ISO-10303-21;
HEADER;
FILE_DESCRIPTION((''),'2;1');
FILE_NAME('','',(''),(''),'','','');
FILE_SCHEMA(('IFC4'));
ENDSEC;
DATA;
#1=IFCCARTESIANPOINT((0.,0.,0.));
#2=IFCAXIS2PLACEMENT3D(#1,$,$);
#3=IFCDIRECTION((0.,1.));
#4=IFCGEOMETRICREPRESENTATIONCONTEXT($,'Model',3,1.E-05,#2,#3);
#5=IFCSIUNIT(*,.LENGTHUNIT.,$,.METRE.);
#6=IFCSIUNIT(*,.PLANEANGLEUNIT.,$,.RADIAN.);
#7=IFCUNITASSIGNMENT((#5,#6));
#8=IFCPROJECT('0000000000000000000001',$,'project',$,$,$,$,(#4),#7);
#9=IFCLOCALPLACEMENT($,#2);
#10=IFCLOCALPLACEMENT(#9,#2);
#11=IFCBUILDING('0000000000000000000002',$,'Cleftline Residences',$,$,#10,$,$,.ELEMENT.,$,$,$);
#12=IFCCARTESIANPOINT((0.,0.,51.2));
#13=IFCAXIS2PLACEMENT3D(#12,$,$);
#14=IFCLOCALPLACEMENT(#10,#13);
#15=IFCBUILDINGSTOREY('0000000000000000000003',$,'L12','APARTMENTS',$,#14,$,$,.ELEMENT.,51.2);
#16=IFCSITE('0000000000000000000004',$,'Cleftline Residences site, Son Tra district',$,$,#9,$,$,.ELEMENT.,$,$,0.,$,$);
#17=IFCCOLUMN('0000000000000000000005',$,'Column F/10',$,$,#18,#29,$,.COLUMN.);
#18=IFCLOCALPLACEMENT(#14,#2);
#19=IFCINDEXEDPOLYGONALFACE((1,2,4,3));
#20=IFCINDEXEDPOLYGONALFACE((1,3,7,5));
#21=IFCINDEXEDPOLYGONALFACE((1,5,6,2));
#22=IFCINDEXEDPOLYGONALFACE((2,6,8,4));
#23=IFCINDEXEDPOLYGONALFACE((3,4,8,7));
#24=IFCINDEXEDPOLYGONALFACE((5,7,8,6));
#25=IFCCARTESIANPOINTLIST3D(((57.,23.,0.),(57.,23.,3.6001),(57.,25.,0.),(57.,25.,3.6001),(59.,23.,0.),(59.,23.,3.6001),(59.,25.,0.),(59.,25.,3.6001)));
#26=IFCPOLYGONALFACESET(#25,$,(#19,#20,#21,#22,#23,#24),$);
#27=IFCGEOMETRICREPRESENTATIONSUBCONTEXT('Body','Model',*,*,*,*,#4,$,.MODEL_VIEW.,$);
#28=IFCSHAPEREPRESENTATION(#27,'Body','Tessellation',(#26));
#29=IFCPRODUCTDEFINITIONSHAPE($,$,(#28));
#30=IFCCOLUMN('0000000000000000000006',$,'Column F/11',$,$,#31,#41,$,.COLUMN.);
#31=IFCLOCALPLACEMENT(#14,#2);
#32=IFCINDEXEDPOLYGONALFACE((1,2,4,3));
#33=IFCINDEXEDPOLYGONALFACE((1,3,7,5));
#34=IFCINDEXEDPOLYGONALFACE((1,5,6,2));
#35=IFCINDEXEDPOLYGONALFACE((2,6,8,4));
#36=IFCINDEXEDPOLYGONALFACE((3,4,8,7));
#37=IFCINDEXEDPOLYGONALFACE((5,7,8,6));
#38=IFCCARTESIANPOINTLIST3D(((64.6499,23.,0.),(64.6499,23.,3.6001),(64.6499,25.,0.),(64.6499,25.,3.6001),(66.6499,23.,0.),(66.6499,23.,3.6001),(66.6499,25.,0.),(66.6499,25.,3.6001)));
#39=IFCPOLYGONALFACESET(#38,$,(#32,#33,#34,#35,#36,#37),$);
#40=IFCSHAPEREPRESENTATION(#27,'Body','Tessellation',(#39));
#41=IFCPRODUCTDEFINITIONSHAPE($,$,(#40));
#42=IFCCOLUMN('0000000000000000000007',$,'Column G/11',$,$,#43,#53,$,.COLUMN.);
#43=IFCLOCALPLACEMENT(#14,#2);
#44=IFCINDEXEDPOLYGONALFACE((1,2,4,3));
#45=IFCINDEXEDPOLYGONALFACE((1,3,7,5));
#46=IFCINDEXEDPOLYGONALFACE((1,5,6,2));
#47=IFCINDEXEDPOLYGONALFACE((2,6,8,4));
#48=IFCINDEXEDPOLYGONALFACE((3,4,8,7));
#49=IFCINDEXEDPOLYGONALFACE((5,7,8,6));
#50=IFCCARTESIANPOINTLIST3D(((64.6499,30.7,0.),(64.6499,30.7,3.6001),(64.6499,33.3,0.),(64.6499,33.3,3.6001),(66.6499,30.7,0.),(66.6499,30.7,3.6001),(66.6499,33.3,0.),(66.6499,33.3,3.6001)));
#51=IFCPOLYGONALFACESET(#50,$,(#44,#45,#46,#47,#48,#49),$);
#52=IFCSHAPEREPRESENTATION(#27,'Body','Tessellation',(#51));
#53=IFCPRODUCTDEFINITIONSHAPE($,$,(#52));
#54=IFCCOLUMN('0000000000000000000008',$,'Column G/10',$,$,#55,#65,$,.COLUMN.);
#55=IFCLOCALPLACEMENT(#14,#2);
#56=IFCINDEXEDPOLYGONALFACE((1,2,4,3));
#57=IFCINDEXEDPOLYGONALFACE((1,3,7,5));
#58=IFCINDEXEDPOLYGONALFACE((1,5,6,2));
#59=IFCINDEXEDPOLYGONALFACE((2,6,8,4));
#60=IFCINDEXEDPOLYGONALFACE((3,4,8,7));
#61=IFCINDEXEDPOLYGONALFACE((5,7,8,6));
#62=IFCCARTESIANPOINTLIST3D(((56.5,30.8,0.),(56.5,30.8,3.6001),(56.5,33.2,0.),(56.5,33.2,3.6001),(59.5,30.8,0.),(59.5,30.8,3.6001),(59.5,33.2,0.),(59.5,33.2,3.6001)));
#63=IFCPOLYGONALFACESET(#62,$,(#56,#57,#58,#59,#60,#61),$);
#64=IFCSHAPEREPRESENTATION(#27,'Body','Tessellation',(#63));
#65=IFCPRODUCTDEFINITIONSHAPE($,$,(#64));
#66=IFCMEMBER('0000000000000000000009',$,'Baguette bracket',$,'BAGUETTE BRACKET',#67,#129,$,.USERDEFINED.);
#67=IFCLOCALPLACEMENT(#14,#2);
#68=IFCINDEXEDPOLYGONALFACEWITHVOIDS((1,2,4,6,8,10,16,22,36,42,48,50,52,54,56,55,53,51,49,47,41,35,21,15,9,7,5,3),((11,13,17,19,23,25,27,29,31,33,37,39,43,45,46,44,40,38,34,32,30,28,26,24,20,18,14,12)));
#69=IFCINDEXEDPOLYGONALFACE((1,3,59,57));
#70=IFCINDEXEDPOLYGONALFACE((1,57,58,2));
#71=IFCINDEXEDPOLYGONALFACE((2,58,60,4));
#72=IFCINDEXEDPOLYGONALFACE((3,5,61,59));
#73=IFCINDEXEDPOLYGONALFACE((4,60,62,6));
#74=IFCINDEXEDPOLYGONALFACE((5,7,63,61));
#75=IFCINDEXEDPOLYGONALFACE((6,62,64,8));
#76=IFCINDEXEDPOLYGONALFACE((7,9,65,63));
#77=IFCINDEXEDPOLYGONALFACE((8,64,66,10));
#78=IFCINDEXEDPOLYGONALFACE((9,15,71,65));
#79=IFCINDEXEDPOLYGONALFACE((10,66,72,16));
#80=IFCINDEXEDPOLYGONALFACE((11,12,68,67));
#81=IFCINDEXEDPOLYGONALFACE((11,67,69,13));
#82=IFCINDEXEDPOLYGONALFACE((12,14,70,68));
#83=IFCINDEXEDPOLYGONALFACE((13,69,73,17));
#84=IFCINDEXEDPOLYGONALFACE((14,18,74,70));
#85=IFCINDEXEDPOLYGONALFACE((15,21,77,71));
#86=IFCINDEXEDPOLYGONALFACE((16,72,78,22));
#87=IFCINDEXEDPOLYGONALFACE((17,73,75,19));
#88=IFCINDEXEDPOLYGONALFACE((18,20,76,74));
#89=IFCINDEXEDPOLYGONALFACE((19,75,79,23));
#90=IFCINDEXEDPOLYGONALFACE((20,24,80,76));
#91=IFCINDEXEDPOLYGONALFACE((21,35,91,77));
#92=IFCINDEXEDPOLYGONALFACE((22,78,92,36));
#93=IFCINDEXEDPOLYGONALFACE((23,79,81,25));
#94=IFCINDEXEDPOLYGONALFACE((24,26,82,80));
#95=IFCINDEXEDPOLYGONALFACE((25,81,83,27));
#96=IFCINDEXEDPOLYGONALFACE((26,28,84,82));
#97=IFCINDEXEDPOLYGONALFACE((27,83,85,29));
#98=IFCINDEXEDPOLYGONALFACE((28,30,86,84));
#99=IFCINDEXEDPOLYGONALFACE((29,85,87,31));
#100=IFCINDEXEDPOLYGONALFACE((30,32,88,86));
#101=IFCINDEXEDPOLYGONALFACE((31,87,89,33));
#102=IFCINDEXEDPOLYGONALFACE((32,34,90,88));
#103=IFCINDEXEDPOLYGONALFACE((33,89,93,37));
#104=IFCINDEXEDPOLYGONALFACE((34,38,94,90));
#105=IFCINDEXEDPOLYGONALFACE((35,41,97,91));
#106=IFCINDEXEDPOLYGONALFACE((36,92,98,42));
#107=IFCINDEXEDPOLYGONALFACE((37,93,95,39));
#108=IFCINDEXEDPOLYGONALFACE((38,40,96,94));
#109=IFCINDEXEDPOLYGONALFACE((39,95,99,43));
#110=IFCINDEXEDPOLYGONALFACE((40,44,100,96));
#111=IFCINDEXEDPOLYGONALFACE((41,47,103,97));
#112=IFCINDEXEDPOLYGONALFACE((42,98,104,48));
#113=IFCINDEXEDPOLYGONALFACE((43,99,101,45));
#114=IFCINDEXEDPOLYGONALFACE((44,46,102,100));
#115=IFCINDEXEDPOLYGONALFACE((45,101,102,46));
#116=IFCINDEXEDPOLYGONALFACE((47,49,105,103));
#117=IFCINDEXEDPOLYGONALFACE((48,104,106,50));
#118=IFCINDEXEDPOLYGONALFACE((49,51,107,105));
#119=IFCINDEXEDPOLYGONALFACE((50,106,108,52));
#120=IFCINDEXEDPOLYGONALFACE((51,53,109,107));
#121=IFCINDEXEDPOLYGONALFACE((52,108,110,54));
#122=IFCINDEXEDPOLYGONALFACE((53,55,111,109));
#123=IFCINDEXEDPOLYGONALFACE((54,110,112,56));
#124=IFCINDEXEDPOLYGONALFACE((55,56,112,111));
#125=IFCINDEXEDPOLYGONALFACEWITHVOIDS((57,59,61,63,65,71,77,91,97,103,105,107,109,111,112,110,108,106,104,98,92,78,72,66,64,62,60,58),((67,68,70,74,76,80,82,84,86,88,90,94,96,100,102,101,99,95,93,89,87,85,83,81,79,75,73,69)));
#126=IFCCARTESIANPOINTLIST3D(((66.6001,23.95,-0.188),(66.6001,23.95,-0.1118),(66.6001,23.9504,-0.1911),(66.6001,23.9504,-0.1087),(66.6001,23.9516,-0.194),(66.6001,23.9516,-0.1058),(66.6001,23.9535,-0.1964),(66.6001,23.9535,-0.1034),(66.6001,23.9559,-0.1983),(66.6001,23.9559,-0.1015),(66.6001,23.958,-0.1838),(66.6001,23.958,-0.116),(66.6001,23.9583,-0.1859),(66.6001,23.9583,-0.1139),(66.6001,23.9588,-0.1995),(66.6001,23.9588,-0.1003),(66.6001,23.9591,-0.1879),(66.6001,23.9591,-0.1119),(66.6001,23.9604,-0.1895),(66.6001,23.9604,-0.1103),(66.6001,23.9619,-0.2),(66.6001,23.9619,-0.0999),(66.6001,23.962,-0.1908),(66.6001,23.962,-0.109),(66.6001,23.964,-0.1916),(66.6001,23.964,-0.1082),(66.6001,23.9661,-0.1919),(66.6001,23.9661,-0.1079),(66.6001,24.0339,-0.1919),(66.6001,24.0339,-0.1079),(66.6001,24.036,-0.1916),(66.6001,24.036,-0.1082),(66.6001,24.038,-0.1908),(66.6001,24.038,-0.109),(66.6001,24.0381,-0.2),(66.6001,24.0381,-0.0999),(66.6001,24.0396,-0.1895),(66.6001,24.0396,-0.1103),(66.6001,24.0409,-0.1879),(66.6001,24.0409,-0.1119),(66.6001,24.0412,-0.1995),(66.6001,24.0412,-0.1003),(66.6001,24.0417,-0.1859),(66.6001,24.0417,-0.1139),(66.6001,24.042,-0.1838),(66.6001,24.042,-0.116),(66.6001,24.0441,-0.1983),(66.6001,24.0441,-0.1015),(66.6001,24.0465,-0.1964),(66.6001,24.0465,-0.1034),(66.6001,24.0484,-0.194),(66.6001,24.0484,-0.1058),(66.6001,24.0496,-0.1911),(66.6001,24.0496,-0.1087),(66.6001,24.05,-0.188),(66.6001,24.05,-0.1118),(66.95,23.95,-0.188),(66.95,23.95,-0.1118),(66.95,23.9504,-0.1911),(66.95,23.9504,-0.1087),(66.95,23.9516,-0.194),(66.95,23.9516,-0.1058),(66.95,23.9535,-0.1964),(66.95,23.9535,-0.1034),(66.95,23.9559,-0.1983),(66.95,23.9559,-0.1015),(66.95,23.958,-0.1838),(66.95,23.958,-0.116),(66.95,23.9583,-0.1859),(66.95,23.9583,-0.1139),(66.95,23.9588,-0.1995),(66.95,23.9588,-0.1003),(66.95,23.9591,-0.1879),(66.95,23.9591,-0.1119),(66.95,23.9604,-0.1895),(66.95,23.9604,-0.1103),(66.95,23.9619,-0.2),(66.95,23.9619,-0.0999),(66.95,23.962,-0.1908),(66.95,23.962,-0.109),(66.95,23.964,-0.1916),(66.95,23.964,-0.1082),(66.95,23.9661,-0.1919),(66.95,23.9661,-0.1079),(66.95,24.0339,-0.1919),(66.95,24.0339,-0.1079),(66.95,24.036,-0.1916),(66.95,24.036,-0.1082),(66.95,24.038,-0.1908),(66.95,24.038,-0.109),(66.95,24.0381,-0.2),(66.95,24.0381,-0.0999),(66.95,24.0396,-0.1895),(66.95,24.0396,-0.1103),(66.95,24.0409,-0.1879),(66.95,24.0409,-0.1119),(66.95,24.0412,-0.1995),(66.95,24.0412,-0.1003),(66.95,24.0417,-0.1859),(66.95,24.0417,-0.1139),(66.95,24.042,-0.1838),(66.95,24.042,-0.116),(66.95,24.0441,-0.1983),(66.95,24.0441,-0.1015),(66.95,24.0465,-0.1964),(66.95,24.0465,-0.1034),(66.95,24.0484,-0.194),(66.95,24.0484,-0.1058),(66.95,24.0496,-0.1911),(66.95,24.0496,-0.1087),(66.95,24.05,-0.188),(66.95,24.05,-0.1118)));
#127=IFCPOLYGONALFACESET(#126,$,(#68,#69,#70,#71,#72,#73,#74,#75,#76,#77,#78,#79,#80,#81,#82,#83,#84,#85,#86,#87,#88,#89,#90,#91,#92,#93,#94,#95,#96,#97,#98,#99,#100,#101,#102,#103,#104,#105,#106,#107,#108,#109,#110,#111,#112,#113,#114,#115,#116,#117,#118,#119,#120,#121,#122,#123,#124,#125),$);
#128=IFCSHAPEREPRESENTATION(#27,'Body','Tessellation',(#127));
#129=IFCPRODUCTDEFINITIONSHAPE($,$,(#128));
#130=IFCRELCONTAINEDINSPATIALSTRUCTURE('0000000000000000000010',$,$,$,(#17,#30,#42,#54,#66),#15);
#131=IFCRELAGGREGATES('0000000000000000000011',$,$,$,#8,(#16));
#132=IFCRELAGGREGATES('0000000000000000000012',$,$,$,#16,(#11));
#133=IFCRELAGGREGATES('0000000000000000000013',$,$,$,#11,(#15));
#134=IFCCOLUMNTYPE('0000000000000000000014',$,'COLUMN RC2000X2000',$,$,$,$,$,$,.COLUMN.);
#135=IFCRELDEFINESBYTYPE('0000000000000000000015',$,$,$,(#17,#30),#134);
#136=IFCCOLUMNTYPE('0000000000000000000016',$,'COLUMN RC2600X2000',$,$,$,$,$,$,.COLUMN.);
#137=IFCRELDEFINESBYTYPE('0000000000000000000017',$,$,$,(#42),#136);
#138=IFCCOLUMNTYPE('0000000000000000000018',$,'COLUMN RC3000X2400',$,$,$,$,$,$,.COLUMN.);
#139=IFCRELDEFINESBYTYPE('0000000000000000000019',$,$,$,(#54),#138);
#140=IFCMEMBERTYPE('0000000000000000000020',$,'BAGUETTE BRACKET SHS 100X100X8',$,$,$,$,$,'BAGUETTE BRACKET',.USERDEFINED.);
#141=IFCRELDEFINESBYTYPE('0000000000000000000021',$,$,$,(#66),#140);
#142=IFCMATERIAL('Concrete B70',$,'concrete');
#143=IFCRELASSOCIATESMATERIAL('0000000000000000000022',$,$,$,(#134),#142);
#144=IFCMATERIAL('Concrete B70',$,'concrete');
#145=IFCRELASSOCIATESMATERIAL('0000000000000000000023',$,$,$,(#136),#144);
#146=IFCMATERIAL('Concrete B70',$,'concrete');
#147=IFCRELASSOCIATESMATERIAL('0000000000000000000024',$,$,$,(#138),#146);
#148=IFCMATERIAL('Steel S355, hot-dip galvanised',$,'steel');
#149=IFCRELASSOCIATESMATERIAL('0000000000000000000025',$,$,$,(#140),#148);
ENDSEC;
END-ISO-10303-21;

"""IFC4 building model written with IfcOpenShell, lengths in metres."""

from ifc_helpers import new_model, si_unit, direction, frame, origin, origin_2d, place, context, subcontext, project, spatial, rectangle, hollow_rectangle, extrude, material, material_profile, profile_set, type_object, element, save


model = new_model("IFC4")

# Units and contexts
model_context = context("Model", 3, precision=1e-05, world=origin(), true_north=direction((0.0, 1.0)))
body_context = subcontext(model_context, "Body", "Model", "MODEL_VIEW")
ifc_project = project(units=[si_unit("LENGTHUNIT", "METRE"), si_unit("PLANEANGLEUNIT", "RADIAN")], contexts=[model_context])

# Site, building, storey
site_placement = place(None, origin())
site = spatial("IfcSite", under=ifc_project, at=site_placement, Name="Cleftline Residences site, Son Tra district", CompositionType="ELEMENT", RefElevation=0.0)
building_placement = place(site_placement, origin())
building = spatial("IfcBuilding", under=site, at=building_placement, Name="Cleftline Residences", CompositionType="ELEMENT")
storey_placement = place(building_placement, frame((0.0, 0.0, 51.2)))
storey = spatial("IfcBuildingStorey", under=building, at=storey_placement, Name="L12", Description="APARTMENTS", CompositionType="ELEMENT", Elevation=51.2)

# Columns
ifc_material_1 = material(Name="Concrete B70", Category="concrete")
ifc_material_profile_1 = material_profile(ifc_material_1, rectangle(XDim=2.0, YDim=2.0, at=origin_2d()))
ifc_profile_set_1 = profile_set([ifc_material_profile_1], Name="Concrete B70")
column_type_1 = type_object("IfcColumnType", Name="COLUMN RC2000X2000", PredefinedType="COLUMN", material=ifc_profile_set_1)
for number, where, z_axis, x_axis, name in (
    (1, (58.0, 24.0, 0.0), (0.0, 0.0, 1.0), (1.0, 0.0, 0.0), "Column F/10"),
    (2, (65.6499, 24.0, 0.0), (0.0, 0.0, 1.0), (1.0, 0.0, 0.0), "Column F/11"),
):
    element("IfcColumn", number, at=place(storey_placement, frame(where, z_axis=z_axis, x_axis=x_axis)), inside=storey, type_object=column_type_1, Name=name, PredefinedType="COLUMN", context=body_context, shape_type="SweptSolid", body=[
        extrude(rectangle(XDim=2.0, YDim=2.0, at=origin_2d()), origin(), (0.0, 0.0, 1.0), 3.6001),
    ])
ifc_material_2 = material(Name="Concrete B70", Category="concrete")
ifc_material_profile_2 = material_profile(ifc_material_2, rectangle(XDim=2.6001, YDim=2.0, at=origin_2d()))
ifc_profile_set_2 = profile_set([ifc_material_profile_2], Name="Concrete B70")
column_type_2 = type_object("IfcColumnType", Name="COLUMN RC2600X2000", PredefinedType="COLUMN", material=ifc_profile_set_2)
column_1_placement = place(storey_placement, frame((65.6499, 32.0, 0.0), z_axis=(0.0, 0.0, 1.0), x_axis=(0.0, 1.0, 0.0)))
element("IfcColumn", 3, at=column_1_placement, inside=storey, type_object=column_type_2, Name="Column G/11", PredefinedType="COLUMN", context=body_context, shape_type="SweptSolid", body=[
    extrude(rectangle(XDim=2.6001, YDim=2.0, at=origin_2d()), origin(), (0.0, 0.0, 1.0), 3.6001),
])
ifc_material_3 = material(Name="Concrete B70", Category="concrete")
ifc_material_profile_3 = material_profile(ifc_material_3, rectangle(XDim=3.0, YDim=2.3999, at=origin_2d()))
ifc_profile_set_3 = profile_set([ifc_material_profile_3], Name="Concrete B70")
column_type_3 = type_object("IfcColumnType", Name="COLUMN RC3000X2400", PredefinedType="COLUMN", material=ifc_profile_set_3)
column_2_placement = place(storey_placement, frame((58.0, 32.0, 0.0), z_axis=(0.0, 0.0, 1.0), x_axis=(1.0, 0.0, 0.0)))
element("IfcColumn", 4, at=column_2_placement, inside=storey, type_object=column_type_3, Name="Column G/10", PredefinedType="COLUMN", context=body_context, shape_type="SweptSolid", body=[
    extrude(rectangle(XDim=3.0, YDim=2.3999, at=origin_2d()), origin(), (0.0, 0.0, 1.0), 3.6001),
])

# Member
ifc_material_4 = material(Name="Steel S355, hot-dip galvanised", Category="steel")
ifc_material_profile_4 = material_profile(ifc_material_4, hollow_rectangle(XDim=0.1001, YDim=0.1001, WallThickness=0.0081, InnerFilletRadius=0.0081, OuterFilletRadius=0.012, at=origin_2d()))
ifc_profile_set_4 = profile_set([ifc_material_profile_4], Name="Steel S355, hot-dip galvanised")
member_type_1 = type_object("IfcMemberType", Name="BAGUETTE BRACKET SHS 100X100X8", ElementType="BAGUETTE BRACKET", PredefinedType="USERDEFINED", material=ifc_profile_set_4)
member_1_placement = place(storey_placement, frame((66.6001, 24.0, -0.1499), z_axis=(1.0, 0.0, 0.0), x_axis=(0.0, 1.0, 0.0)))
element("IfcMember", 5, at=member_1_placement, inside=storey, type_object=member_type_1, Name="Baguette bracket", ObjectType="BAGUETTE BRACKET", PredefinedType="USERDEFINED", context=body_context, shape_type="SweptSolid", body=[
    extrude(hollow_rectangle(XDim=0.1001, YDim=0.1001, WallThickness=0.0081, InnerFilletRadius=0.0081, OuterFilletRadius=0.012, at=origin_2d()), origin(), (0.0, 0.0, 1.0), 0.3499),
])

save(model, "model.ifc")
